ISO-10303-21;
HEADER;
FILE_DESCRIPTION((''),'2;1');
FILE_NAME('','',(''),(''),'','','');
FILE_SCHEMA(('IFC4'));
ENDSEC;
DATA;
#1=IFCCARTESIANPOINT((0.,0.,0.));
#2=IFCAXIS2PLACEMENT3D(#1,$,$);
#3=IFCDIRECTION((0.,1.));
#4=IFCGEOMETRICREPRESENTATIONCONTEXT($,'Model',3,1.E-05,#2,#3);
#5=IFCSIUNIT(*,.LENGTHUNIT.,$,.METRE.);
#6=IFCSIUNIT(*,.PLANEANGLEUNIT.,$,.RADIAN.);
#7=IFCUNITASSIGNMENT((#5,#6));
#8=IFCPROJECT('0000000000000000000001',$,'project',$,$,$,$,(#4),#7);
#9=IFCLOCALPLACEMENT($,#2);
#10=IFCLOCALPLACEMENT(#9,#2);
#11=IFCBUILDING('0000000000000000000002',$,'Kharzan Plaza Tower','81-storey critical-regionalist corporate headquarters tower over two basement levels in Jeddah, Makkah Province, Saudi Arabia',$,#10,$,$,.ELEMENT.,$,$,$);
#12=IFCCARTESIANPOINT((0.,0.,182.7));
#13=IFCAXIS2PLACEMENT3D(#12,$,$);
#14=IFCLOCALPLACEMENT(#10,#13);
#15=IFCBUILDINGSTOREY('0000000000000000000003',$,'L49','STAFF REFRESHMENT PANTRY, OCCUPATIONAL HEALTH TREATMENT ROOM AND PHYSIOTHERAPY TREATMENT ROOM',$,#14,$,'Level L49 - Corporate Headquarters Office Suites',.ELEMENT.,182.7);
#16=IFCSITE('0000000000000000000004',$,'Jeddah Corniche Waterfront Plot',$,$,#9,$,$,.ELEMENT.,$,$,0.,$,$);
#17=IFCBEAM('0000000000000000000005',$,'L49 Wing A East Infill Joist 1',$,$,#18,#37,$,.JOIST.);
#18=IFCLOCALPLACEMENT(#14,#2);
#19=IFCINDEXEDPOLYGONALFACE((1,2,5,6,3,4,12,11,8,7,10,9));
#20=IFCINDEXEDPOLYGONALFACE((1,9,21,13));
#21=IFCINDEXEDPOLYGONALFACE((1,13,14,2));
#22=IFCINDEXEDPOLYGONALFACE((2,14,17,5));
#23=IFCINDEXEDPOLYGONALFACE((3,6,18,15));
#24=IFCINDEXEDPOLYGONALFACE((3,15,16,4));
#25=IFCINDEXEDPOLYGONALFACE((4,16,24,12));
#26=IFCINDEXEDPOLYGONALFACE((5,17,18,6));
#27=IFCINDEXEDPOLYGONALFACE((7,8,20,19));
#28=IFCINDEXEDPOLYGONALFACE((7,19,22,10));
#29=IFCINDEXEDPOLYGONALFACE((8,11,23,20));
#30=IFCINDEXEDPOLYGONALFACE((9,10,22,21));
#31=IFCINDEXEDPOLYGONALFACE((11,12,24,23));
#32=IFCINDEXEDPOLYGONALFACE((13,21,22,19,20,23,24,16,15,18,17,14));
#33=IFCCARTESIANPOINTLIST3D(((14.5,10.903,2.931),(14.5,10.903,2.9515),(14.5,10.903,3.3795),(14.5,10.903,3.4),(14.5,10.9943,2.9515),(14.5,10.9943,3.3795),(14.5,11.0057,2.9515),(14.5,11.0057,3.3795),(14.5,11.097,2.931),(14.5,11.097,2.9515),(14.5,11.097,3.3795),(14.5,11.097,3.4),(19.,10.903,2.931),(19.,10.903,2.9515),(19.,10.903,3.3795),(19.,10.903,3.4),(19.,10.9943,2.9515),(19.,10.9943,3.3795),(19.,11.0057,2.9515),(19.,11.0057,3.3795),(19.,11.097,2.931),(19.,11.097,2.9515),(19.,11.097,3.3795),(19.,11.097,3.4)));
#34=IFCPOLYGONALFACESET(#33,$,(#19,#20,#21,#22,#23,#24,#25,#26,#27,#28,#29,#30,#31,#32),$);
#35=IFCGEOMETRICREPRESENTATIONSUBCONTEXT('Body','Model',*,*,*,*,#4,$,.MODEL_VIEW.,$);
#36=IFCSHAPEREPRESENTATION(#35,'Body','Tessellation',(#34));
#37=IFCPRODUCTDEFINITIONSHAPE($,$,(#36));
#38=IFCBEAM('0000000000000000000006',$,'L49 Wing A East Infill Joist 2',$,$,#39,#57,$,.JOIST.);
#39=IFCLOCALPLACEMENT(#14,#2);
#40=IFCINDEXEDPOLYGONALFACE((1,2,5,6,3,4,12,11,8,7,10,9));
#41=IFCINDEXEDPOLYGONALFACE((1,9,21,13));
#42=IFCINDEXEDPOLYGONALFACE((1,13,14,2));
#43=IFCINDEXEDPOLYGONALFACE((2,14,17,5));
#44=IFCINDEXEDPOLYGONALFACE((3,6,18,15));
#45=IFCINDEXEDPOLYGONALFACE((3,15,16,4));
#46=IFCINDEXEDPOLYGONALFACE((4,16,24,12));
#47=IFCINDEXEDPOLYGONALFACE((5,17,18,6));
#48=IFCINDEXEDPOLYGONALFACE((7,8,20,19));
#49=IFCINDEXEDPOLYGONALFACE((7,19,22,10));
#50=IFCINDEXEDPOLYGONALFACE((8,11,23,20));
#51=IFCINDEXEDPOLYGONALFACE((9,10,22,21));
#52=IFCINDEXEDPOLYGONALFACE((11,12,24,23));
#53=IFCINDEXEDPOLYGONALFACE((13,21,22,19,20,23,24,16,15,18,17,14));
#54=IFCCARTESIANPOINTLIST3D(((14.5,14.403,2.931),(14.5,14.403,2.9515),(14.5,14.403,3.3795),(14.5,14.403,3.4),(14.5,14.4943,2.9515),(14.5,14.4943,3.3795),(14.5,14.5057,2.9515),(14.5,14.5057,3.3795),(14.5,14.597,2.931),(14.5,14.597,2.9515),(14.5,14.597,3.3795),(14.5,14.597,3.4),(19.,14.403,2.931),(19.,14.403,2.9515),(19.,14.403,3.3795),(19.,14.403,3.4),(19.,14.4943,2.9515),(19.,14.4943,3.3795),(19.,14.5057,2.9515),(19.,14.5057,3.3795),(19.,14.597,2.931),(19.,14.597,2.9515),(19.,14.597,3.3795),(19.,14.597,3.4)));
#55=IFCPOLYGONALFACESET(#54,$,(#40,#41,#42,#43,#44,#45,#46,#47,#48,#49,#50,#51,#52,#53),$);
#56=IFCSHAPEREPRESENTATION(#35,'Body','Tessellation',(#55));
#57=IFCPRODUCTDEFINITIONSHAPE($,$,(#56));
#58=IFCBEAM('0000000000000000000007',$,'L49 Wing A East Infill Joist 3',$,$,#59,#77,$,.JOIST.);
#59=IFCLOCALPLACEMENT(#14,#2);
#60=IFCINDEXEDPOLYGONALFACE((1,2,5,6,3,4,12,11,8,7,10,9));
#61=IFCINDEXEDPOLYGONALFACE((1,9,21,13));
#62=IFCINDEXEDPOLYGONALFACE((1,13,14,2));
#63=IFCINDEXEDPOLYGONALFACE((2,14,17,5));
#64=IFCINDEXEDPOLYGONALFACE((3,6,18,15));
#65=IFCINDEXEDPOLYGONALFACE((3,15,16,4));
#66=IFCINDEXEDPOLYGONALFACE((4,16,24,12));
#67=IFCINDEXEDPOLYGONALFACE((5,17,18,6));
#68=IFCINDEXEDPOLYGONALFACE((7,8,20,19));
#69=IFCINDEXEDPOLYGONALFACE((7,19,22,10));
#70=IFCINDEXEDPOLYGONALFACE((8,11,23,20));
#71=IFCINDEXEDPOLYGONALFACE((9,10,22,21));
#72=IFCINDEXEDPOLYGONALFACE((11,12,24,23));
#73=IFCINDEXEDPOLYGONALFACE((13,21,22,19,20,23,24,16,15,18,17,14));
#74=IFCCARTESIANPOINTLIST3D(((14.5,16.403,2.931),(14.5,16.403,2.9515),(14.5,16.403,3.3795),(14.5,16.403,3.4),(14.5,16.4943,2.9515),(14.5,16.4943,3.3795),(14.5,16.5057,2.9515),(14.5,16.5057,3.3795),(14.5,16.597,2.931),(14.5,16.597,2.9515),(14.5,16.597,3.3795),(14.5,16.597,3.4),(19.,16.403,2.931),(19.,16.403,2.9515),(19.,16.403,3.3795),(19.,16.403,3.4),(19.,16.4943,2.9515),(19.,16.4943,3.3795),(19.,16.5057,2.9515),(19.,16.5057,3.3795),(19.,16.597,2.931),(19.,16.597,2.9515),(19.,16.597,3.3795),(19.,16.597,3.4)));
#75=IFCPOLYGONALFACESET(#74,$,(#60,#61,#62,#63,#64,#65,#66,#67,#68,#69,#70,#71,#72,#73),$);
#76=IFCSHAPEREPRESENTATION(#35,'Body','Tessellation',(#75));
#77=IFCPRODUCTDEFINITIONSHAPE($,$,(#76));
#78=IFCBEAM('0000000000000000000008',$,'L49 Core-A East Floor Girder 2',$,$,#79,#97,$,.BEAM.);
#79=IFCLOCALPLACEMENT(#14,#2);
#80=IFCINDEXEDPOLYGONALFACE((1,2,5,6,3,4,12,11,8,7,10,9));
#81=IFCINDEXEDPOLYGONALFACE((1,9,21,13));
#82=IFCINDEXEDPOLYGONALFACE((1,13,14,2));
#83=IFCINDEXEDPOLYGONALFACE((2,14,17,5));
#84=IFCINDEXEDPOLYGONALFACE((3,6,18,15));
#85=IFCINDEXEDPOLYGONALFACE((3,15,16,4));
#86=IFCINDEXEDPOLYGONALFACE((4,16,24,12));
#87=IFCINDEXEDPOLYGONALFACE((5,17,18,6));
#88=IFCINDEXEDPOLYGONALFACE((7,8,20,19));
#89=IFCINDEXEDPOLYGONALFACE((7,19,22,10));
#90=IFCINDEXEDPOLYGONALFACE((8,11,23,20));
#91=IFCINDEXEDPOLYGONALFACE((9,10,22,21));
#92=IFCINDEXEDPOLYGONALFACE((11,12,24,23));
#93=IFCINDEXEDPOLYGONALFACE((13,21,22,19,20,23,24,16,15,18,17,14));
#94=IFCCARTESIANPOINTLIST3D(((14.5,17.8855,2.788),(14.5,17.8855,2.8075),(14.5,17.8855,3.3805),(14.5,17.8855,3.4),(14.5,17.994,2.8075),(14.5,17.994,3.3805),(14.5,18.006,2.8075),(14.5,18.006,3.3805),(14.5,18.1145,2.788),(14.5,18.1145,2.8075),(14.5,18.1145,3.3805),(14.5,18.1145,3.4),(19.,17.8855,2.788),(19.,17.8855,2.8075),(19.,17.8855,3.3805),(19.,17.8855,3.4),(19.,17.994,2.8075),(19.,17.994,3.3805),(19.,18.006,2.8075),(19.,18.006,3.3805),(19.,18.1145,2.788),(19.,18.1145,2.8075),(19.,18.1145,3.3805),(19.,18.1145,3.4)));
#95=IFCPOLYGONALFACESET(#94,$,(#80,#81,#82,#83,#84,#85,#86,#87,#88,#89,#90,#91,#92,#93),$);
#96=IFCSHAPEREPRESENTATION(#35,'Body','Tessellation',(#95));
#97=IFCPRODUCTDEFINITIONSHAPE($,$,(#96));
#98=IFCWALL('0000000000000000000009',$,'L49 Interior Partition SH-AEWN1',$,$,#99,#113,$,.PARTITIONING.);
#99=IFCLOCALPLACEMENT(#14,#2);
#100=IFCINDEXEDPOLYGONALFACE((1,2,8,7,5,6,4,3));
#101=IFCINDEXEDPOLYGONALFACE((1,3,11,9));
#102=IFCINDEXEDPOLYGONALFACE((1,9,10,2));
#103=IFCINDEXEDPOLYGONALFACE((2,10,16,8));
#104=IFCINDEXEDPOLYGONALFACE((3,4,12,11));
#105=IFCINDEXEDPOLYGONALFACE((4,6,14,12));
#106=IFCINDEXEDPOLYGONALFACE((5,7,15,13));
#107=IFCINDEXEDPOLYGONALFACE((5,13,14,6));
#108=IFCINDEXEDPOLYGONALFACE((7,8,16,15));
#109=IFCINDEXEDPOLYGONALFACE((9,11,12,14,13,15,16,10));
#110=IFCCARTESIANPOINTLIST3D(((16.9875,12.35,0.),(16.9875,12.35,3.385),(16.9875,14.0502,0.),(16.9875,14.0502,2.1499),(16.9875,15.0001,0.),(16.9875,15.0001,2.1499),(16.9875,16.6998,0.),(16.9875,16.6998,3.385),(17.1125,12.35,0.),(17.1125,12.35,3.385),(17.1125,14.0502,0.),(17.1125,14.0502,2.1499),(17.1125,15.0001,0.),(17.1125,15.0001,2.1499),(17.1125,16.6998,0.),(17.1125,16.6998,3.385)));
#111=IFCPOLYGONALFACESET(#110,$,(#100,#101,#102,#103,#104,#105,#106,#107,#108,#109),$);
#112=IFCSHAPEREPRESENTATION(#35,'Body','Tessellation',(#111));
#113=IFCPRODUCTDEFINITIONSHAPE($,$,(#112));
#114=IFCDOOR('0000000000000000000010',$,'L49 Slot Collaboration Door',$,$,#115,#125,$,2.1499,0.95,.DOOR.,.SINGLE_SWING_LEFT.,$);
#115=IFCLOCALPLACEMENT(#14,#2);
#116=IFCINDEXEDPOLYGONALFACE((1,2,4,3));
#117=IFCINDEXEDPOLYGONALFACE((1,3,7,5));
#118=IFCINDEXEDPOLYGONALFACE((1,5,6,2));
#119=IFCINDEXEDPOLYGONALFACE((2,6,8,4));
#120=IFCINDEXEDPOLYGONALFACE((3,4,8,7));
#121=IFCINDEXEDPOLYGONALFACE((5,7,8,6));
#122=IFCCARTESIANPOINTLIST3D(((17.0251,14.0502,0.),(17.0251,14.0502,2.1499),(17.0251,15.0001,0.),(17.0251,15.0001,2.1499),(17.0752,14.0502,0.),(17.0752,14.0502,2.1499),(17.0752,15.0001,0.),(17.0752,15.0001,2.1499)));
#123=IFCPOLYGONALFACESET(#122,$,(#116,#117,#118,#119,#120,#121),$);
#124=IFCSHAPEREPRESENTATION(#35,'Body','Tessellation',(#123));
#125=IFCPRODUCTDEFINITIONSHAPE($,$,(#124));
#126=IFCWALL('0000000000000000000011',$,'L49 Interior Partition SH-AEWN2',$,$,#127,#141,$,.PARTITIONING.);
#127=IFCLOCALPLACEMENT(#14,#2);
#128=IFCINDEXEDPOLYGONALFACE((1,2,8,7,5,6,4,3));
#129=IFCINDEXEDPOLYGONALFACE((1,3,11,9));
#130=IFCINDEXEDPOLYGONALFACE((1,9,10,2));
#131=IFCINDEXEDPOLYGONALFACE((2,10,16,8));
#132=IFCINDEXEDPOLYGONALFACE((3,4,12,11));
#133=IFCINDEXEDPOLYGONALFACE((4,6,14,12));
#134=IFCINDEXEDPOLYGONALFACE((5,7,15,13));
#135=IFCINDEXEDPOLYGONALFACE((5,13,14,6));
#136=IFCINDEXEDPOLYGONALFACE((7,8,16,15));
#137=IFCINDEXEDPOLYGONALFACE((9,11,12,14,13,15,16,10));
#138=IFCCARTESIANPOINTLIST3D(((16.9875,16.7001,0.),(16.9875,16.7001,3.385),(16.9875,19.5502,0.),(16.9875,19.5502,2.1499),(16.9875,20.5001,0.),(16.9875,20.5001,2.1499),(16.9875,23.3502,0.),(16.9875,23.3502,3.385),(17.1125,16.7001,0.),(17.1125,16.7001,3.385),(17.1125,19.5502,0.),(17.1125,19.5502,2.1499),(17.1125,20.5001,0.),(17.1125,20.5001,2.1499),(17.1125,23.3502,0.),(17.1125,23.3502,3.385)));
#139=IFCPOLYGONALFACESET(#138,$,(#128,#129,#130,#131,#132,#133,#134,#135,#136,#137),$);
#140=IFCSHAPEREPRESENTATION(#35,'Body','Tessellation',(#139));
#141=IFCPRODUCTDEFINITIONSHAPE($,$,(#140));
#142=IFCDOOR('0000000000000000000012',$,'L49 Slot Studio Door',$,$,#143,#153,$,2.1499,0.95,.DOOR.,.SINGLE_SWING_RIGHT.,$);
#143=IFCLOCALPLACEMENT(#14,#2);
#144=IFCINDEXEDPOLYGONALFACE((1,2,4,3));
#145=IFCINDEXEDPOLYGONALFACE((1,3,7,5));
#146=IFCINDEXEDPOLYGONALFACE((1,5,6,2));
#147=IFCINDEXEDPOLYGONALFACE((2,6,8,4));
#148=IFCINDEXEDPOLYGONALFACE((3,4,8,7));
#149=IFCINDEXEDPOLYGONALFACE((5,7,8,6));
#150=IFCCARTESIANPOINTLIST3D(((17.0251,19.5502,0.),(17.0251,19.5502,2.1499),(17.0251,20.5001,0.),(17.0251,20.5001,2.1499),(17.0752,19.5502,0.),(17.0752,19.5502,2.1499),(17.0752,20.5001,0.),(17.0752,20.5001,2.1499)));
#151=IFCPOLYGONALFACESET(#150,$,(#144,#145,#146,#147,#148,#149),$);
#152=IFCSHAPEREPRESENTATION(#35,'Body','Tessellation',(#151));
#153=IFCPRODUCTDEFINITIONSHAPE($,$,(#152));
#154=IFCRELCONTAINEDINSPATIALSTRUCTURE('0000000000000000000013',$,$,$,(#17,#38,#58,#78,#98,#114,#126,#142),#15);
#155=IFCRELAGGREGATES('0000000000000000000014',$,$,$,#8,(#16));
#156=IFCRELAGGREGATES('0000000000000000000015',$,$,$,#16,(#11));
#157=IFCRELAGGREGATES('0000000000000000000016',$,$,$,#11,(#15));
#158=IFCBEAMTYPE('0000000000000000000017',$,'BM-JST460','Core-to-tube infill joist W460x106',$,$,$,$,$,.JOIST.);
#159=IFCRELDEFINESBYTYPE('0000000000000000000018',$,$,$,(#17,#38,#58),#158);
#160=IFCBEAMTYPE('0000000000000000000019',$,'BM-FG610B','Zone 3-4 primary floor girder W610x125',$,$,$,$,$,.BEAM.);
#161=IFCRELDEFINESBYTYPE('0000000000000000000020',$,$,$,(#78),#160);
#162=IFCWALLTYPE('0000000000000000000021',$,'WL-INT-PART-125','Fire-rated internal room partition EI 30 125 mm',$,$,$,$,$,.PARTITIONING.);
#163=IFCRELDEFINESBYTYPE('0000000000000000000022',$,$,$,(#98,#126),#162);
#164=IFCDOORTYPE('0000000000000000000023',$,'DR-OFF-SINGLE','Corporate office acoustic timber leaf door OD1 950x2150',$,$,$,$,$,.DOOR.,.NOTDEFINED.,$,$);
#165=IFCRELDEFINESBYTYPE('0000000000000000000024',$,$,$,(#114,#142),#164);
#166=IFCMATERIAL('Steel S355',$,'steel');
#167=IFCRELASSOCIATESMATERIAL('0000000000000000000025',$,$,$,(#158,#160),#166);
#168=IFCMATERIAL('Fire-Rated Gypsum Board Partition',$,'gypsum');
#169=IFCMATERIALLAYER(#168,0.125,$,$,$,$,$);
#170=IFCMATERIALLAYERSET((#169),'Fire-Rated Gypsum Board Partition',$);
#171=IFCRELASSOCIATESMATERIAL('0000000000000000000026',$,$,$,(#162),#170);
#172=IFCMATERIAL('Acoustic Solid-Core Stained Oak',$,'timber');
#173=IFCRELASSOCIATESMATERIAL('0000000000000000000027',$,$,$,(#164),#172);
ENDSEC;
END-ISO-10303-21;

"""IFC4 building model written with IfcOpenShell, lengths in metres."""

from ifc_helpers import new_model, si_unit, direction, frame, frame_2d, origin, origin_2d, place, context, subcontext, project, spatial, rectangle, i_section, extrude, source, transform, mapped, material, layer, layer_set, material_profile, profile_set, type_object, element, fill, save


model = new_model("IFC4")

# Units and contexts
model_context = context("Model", 3, precision=1e-05, world=origin(), true_north=direction((0.0, 1.0)))
body_context = subcontext(model_context, "Body", "Model", "MODEL_VIEW")
ifc_project = project(units=[si_unit("LENGTHUNIT", "METRE"), si_unit("PLANEANGLEUNIT", "RADIAN")], contexts=[model_context])

# Site, building, storey
site_placement = place(None, origin())
site = spatial("IfcSite", under=ifc_project, at=site_placement, Name="Jeddah Corniche Waterfront Plot", CompositionType="ELEMENT", RefElevation=0.0)
building_placement = place(site_placement, origin())
building = spatial("IfcBuilding", under=site, at=building_placement, Name="Kharzan Plaza Tower", Description="81-storey critical-regionalist corporate headquarters tower over two basement levels in Jeddah, Makkah Province, Saudi Arabia", CompositionType="ELEMENT")
storey_placement = place(building_placement, frame((0.0, 0.0, 182.7)))
storey = spatial("IfcBuildingStorey", under=building, at=storey_placement, Name="L49", Description="STAFF REFRESHMENT PANTRY, OCCUPATIONAL HEALTH TREATMENT ROOM AND PHYSIOTHERAPY TREATMENT ROOM", LongName="Level L49 - Corporate Headquarters Office Suites", CompositionType="ELEMENT", Elevation=182.7)

# Beams
ifc_material_1 = material(Name="Steel S355", Category="steel")
ifc_material_profile_1 = material_profile(ifc_material_1, i_section(OverallWidth=0.1941, OverallDepth=0.469, WebThickness=0.0115, FlangeThickness=0.0205, at=origin_2d()), Name="W460x106")
ifc_profile_set_1 = profile_set([ifc_material_profile_1], Name="Steel S355")
beam_type_1 = type_object("IfcBeamType", Name="BM-JST460", Description="Core-to-tube infill joist W460x106", PredefinedType="JOIST", material=ifc_profile_set_1)
shared_shape_1 = source(origin(), body_context, "Body", "SweptSolid", [
    extrude(i_section(OverallWidth=0.1941, OverallDepth=0.469, WebThickness=0.0115, FlangeThickness=0.0205, at=origin_2d()), origin(), (0.0, 0.0, 1.0), 4.5),
])
for number, where, z_axis, x_axis, name in (
    (1, (14.5, 11.0, 3.1655), (1.0, 0.0, 0.0), (0.0, 1.0, 0.0), "L49 Wing A East Infill Joist 1"),
    (2, (14.5, 14.5, 3.1655), (1.0, 0.0, 0.0), (0.0, 1.0, 0.0), "L49 Wing A East Infill Joist 2"),
    (3, (14.5, 16.5, 3.1655), (1.0, 0.0, 0.0), (0.0, 1.0, 0.0), "L49 Wing A East Infill Joist 3"),
):
    element("IfcBeam", number, at=place(storey_placement, frame(where, z_axis=z_axis, x_axis=x_axis)), inside=storey, type_object=beam_type_1, Name=name, PredefinedType="JOIST", context=body_context, shape_type="MappedRepresentation", body=[
        mapped(shared_shape_1, transform((0.0, 0.0, 0.0), x_axis=(1.0, 0.0, 0.0), y_axis=(0.0, 1.0, 0.0), z_axis=(0.0, 0.0, 1.0))),
    ])
ifc_material_profile_2 = material_profile(ifc_material_1, i_section(OverallWidth=0.229, OverallDepth=0.6121, WebThickness=0.012, FlangeThickness=0.0195, at=origin_2d()), Name="W610x125")
ifc_profile_set_2 = profile_set([ifc_material_profile_2], Name="Steel S355")
beam_type_2 = type_object("IfcBeamType", Name="BM-FG610B", Description="Zone 3-4 primary floor girder W610x125", PredefinedType="BEAM", material=ifc_profile_set_2)
shared_shape_2 = source(origin(), body_context, "Body", "SweptSolid", [
    extrude(i_section(OverallWidth=0.229, OverallDepth=0.6121, WebThickness=0.012, FlangeThickness=0.0195, at=origin_2d()), origin(), (0.0, 0.0, 1.0), 4.5),
])
beam_placement = place(storey_placement, frame((14.5, 18.0, 3.094), z_axis=(1.0, 0.0, 0.0), x_axis=(0.0, 1.0, 0.0)))
element("IfcBeam", 4, at=beam_placement, inside=storey, type_object=beam_type_2, Name="L49 Core-A East Floor Girder 2", PredefinedType="BEAM", context=body_context, shape_type="MappedRepresentation", body=[
    mapped(shared_shape_2, transform((0.0, 0.0, 0.0), x_axis=(1.0, 0.0, 0.0), y_axis=(0.0, 1.0, 0.0), z_axis=(0.0, 0.0, 1.0))),
])

# Walls, openings, doors
ifc_material_2 = material(Name="Fire-Rated Gypsum Board Partition", Category="gypsum")
ifc_layer_1 = layer(ifc_material_2, 0.125)
ifc_layer_set_1 = layer_set([ifc_layer_1], Name="Fire-Rated Gypsum Board Partition")
wall_type_1 = type_object("IfcWallType", Name="WL-INT-PART-125", Description="Fire-rated internal room partition EI 30 125 mm", PredefinedType="PARTITIONING", material=ifc_layer_set_1)
wall_1_placement = place(storey_placement, frame((17.05, 12.3501, 0.0), z_axis=(0.0, 0.0, 1.0), x_axis=(0.0, 1.0, 0.0)))
wall_1 = element("IfcWall", 5, at=wall_1_placement, inside=storey, type_object=wall_type_1, Name="L49 Interior Partition SH-AEWN1", PredefinedType="PARTITIONING", context=body_context, shape_type="SweptSolid", body=[
    extrude(rectangle(XDim=4.3499, YDim=0.125, at=frame_2d((2.1748, 0.0))), origin(), (0.0, 0.0, 1.0), 3.385),
])
opening_1_placement = place(wall_1_placement, frame((1.7, 0.0, 0.0)))
opening_1 = element("IfcOpeningElement", 6, at=opening_1_placement, cuts=wall_1, PredefinedType="OPENING", context=body_context, shape_type="SweptSolid", body=[
    extrude(rectangle(XDim=0.95, YDim=2.1499, at=frame_2d((0.4751, 1.075))), frame((0.0, 0.0725, 0.0), z_axis=(0.0, -1.0, 0.0), x_axis=(1.0, 0.0, 0.0)), (0.0, 0.0, 1.0), 0.145),
])
ifc_material_3 = material(Name="Acoustic Solid-Core Stained Oak", Category="timber")
door_type_1 = type_object("IfcDoorType", Name="DR-OFF-SINGLE", Description="Corporate office acoustic timber leaf door OD1 950x2150", OperationType="NOTDEFINED", PredefinedType="DOOR", material=ifc_material_3)
shared_shape_3 = source(origin(), body_context, "Body", "SweptSolid", [
    extrude(rectangle(XDim=0.95, YDim=2.1499, at=frame_2d((0.4751, 1.075))), frame((0.0, 0.0249, 0.0), z_axis=(0.0, -1.0, 0.0), x_axis=(1.0, 0.0, 0.0)), (0.0, 0.0, 1.0), 0.05),
])
door_1_placement = place(opening_1_placement, origin())
door_1 = element("IfcDoor", 7, at=door_1_placement, inside=storey, type_object=door_type_1, Name="L49 Slot Collaboration Door", OperationType="SINGLE_SWING_LEFT", OverallHeight=2.1499, OverallWidth=0.95, PredefinedType="DOOR", context=body_context, shape_type="MappedRepresentation", body=[
    mapped(shared_shape_3, transform((0.0, 0.0, 0.0), x_axis=(1.0, 0.0, 0.0), y_axis=(0.0, 1.0, 0.0), z_axis=(0.0, 0.0, 1.0))),
])
fill(opening_1, door_1)
wall_2_placement = place(storey_placement, frame((17.05, 16.7, 0.0), z_axis=(0.0, 0.0, 1.0), x_axis=(0.0, 1.0, 0.0)))
wall_2 = element("IfcWall", 8, at=wall_2_placement, inside=storey, type_object=wall_type_1, Name="L49 Interior Partition SH-AEWN2", PredefinedType="PARTITIONING", context=body_context, shape_type="SweptSolid", body=[
    extrude(rectangle(XDim=6.6501, YDim=0.125, at=frame_2d((3.3252, 0.0))), origin(), (0.0, 0.0, 1.0), 3.385),
])
opening_2_placement = place(wall_2_placement, frame((2.8501, 0.0, 0.0)))
opening_2 = element("IfcOpeningElement", 9, at=opening_2_placement, cuts=wall_2, PredefinedType="OPENING", context=body_context, shape_type="SweptSolid", body=[
    extrude(rectangle(XDim=0.95, YDim=2.1499, at=frame_2d((0.4751, 1.075))), frame((0.0, 0.0725, 0.0), z_axis=(0.0, -1.0, 0.0), x_axis=(1.0, 0.0, 0.0)), (0.0, 0.0, 1.0), 0.145),
])
door_2_placement = place(opening_2_placement, origin())
door_2 = element("IfcDoor", 10, at=door_2_placement, inside=storey, type_object=door_type_1, Name="L49 Slot Studio Door", OperationType="SINGLE_SWING_RIGHT", OverallHeight=2.1499, OverallWidth=0.95, PredefinedType="DOOR", context=body_context, shape_type="MappedRepresentation", body=[
    mapped(shared_shape_3, transform((0.0, 0.0, 0.0), x_axis=(1.0, 0.0, 0.0), y_axis=(0.0, 1.0, 0.0), z_axis=(0.0, 0.0, 1.0))),
])
fill(opening_2, door_2)

save(model, "model.ifc")
